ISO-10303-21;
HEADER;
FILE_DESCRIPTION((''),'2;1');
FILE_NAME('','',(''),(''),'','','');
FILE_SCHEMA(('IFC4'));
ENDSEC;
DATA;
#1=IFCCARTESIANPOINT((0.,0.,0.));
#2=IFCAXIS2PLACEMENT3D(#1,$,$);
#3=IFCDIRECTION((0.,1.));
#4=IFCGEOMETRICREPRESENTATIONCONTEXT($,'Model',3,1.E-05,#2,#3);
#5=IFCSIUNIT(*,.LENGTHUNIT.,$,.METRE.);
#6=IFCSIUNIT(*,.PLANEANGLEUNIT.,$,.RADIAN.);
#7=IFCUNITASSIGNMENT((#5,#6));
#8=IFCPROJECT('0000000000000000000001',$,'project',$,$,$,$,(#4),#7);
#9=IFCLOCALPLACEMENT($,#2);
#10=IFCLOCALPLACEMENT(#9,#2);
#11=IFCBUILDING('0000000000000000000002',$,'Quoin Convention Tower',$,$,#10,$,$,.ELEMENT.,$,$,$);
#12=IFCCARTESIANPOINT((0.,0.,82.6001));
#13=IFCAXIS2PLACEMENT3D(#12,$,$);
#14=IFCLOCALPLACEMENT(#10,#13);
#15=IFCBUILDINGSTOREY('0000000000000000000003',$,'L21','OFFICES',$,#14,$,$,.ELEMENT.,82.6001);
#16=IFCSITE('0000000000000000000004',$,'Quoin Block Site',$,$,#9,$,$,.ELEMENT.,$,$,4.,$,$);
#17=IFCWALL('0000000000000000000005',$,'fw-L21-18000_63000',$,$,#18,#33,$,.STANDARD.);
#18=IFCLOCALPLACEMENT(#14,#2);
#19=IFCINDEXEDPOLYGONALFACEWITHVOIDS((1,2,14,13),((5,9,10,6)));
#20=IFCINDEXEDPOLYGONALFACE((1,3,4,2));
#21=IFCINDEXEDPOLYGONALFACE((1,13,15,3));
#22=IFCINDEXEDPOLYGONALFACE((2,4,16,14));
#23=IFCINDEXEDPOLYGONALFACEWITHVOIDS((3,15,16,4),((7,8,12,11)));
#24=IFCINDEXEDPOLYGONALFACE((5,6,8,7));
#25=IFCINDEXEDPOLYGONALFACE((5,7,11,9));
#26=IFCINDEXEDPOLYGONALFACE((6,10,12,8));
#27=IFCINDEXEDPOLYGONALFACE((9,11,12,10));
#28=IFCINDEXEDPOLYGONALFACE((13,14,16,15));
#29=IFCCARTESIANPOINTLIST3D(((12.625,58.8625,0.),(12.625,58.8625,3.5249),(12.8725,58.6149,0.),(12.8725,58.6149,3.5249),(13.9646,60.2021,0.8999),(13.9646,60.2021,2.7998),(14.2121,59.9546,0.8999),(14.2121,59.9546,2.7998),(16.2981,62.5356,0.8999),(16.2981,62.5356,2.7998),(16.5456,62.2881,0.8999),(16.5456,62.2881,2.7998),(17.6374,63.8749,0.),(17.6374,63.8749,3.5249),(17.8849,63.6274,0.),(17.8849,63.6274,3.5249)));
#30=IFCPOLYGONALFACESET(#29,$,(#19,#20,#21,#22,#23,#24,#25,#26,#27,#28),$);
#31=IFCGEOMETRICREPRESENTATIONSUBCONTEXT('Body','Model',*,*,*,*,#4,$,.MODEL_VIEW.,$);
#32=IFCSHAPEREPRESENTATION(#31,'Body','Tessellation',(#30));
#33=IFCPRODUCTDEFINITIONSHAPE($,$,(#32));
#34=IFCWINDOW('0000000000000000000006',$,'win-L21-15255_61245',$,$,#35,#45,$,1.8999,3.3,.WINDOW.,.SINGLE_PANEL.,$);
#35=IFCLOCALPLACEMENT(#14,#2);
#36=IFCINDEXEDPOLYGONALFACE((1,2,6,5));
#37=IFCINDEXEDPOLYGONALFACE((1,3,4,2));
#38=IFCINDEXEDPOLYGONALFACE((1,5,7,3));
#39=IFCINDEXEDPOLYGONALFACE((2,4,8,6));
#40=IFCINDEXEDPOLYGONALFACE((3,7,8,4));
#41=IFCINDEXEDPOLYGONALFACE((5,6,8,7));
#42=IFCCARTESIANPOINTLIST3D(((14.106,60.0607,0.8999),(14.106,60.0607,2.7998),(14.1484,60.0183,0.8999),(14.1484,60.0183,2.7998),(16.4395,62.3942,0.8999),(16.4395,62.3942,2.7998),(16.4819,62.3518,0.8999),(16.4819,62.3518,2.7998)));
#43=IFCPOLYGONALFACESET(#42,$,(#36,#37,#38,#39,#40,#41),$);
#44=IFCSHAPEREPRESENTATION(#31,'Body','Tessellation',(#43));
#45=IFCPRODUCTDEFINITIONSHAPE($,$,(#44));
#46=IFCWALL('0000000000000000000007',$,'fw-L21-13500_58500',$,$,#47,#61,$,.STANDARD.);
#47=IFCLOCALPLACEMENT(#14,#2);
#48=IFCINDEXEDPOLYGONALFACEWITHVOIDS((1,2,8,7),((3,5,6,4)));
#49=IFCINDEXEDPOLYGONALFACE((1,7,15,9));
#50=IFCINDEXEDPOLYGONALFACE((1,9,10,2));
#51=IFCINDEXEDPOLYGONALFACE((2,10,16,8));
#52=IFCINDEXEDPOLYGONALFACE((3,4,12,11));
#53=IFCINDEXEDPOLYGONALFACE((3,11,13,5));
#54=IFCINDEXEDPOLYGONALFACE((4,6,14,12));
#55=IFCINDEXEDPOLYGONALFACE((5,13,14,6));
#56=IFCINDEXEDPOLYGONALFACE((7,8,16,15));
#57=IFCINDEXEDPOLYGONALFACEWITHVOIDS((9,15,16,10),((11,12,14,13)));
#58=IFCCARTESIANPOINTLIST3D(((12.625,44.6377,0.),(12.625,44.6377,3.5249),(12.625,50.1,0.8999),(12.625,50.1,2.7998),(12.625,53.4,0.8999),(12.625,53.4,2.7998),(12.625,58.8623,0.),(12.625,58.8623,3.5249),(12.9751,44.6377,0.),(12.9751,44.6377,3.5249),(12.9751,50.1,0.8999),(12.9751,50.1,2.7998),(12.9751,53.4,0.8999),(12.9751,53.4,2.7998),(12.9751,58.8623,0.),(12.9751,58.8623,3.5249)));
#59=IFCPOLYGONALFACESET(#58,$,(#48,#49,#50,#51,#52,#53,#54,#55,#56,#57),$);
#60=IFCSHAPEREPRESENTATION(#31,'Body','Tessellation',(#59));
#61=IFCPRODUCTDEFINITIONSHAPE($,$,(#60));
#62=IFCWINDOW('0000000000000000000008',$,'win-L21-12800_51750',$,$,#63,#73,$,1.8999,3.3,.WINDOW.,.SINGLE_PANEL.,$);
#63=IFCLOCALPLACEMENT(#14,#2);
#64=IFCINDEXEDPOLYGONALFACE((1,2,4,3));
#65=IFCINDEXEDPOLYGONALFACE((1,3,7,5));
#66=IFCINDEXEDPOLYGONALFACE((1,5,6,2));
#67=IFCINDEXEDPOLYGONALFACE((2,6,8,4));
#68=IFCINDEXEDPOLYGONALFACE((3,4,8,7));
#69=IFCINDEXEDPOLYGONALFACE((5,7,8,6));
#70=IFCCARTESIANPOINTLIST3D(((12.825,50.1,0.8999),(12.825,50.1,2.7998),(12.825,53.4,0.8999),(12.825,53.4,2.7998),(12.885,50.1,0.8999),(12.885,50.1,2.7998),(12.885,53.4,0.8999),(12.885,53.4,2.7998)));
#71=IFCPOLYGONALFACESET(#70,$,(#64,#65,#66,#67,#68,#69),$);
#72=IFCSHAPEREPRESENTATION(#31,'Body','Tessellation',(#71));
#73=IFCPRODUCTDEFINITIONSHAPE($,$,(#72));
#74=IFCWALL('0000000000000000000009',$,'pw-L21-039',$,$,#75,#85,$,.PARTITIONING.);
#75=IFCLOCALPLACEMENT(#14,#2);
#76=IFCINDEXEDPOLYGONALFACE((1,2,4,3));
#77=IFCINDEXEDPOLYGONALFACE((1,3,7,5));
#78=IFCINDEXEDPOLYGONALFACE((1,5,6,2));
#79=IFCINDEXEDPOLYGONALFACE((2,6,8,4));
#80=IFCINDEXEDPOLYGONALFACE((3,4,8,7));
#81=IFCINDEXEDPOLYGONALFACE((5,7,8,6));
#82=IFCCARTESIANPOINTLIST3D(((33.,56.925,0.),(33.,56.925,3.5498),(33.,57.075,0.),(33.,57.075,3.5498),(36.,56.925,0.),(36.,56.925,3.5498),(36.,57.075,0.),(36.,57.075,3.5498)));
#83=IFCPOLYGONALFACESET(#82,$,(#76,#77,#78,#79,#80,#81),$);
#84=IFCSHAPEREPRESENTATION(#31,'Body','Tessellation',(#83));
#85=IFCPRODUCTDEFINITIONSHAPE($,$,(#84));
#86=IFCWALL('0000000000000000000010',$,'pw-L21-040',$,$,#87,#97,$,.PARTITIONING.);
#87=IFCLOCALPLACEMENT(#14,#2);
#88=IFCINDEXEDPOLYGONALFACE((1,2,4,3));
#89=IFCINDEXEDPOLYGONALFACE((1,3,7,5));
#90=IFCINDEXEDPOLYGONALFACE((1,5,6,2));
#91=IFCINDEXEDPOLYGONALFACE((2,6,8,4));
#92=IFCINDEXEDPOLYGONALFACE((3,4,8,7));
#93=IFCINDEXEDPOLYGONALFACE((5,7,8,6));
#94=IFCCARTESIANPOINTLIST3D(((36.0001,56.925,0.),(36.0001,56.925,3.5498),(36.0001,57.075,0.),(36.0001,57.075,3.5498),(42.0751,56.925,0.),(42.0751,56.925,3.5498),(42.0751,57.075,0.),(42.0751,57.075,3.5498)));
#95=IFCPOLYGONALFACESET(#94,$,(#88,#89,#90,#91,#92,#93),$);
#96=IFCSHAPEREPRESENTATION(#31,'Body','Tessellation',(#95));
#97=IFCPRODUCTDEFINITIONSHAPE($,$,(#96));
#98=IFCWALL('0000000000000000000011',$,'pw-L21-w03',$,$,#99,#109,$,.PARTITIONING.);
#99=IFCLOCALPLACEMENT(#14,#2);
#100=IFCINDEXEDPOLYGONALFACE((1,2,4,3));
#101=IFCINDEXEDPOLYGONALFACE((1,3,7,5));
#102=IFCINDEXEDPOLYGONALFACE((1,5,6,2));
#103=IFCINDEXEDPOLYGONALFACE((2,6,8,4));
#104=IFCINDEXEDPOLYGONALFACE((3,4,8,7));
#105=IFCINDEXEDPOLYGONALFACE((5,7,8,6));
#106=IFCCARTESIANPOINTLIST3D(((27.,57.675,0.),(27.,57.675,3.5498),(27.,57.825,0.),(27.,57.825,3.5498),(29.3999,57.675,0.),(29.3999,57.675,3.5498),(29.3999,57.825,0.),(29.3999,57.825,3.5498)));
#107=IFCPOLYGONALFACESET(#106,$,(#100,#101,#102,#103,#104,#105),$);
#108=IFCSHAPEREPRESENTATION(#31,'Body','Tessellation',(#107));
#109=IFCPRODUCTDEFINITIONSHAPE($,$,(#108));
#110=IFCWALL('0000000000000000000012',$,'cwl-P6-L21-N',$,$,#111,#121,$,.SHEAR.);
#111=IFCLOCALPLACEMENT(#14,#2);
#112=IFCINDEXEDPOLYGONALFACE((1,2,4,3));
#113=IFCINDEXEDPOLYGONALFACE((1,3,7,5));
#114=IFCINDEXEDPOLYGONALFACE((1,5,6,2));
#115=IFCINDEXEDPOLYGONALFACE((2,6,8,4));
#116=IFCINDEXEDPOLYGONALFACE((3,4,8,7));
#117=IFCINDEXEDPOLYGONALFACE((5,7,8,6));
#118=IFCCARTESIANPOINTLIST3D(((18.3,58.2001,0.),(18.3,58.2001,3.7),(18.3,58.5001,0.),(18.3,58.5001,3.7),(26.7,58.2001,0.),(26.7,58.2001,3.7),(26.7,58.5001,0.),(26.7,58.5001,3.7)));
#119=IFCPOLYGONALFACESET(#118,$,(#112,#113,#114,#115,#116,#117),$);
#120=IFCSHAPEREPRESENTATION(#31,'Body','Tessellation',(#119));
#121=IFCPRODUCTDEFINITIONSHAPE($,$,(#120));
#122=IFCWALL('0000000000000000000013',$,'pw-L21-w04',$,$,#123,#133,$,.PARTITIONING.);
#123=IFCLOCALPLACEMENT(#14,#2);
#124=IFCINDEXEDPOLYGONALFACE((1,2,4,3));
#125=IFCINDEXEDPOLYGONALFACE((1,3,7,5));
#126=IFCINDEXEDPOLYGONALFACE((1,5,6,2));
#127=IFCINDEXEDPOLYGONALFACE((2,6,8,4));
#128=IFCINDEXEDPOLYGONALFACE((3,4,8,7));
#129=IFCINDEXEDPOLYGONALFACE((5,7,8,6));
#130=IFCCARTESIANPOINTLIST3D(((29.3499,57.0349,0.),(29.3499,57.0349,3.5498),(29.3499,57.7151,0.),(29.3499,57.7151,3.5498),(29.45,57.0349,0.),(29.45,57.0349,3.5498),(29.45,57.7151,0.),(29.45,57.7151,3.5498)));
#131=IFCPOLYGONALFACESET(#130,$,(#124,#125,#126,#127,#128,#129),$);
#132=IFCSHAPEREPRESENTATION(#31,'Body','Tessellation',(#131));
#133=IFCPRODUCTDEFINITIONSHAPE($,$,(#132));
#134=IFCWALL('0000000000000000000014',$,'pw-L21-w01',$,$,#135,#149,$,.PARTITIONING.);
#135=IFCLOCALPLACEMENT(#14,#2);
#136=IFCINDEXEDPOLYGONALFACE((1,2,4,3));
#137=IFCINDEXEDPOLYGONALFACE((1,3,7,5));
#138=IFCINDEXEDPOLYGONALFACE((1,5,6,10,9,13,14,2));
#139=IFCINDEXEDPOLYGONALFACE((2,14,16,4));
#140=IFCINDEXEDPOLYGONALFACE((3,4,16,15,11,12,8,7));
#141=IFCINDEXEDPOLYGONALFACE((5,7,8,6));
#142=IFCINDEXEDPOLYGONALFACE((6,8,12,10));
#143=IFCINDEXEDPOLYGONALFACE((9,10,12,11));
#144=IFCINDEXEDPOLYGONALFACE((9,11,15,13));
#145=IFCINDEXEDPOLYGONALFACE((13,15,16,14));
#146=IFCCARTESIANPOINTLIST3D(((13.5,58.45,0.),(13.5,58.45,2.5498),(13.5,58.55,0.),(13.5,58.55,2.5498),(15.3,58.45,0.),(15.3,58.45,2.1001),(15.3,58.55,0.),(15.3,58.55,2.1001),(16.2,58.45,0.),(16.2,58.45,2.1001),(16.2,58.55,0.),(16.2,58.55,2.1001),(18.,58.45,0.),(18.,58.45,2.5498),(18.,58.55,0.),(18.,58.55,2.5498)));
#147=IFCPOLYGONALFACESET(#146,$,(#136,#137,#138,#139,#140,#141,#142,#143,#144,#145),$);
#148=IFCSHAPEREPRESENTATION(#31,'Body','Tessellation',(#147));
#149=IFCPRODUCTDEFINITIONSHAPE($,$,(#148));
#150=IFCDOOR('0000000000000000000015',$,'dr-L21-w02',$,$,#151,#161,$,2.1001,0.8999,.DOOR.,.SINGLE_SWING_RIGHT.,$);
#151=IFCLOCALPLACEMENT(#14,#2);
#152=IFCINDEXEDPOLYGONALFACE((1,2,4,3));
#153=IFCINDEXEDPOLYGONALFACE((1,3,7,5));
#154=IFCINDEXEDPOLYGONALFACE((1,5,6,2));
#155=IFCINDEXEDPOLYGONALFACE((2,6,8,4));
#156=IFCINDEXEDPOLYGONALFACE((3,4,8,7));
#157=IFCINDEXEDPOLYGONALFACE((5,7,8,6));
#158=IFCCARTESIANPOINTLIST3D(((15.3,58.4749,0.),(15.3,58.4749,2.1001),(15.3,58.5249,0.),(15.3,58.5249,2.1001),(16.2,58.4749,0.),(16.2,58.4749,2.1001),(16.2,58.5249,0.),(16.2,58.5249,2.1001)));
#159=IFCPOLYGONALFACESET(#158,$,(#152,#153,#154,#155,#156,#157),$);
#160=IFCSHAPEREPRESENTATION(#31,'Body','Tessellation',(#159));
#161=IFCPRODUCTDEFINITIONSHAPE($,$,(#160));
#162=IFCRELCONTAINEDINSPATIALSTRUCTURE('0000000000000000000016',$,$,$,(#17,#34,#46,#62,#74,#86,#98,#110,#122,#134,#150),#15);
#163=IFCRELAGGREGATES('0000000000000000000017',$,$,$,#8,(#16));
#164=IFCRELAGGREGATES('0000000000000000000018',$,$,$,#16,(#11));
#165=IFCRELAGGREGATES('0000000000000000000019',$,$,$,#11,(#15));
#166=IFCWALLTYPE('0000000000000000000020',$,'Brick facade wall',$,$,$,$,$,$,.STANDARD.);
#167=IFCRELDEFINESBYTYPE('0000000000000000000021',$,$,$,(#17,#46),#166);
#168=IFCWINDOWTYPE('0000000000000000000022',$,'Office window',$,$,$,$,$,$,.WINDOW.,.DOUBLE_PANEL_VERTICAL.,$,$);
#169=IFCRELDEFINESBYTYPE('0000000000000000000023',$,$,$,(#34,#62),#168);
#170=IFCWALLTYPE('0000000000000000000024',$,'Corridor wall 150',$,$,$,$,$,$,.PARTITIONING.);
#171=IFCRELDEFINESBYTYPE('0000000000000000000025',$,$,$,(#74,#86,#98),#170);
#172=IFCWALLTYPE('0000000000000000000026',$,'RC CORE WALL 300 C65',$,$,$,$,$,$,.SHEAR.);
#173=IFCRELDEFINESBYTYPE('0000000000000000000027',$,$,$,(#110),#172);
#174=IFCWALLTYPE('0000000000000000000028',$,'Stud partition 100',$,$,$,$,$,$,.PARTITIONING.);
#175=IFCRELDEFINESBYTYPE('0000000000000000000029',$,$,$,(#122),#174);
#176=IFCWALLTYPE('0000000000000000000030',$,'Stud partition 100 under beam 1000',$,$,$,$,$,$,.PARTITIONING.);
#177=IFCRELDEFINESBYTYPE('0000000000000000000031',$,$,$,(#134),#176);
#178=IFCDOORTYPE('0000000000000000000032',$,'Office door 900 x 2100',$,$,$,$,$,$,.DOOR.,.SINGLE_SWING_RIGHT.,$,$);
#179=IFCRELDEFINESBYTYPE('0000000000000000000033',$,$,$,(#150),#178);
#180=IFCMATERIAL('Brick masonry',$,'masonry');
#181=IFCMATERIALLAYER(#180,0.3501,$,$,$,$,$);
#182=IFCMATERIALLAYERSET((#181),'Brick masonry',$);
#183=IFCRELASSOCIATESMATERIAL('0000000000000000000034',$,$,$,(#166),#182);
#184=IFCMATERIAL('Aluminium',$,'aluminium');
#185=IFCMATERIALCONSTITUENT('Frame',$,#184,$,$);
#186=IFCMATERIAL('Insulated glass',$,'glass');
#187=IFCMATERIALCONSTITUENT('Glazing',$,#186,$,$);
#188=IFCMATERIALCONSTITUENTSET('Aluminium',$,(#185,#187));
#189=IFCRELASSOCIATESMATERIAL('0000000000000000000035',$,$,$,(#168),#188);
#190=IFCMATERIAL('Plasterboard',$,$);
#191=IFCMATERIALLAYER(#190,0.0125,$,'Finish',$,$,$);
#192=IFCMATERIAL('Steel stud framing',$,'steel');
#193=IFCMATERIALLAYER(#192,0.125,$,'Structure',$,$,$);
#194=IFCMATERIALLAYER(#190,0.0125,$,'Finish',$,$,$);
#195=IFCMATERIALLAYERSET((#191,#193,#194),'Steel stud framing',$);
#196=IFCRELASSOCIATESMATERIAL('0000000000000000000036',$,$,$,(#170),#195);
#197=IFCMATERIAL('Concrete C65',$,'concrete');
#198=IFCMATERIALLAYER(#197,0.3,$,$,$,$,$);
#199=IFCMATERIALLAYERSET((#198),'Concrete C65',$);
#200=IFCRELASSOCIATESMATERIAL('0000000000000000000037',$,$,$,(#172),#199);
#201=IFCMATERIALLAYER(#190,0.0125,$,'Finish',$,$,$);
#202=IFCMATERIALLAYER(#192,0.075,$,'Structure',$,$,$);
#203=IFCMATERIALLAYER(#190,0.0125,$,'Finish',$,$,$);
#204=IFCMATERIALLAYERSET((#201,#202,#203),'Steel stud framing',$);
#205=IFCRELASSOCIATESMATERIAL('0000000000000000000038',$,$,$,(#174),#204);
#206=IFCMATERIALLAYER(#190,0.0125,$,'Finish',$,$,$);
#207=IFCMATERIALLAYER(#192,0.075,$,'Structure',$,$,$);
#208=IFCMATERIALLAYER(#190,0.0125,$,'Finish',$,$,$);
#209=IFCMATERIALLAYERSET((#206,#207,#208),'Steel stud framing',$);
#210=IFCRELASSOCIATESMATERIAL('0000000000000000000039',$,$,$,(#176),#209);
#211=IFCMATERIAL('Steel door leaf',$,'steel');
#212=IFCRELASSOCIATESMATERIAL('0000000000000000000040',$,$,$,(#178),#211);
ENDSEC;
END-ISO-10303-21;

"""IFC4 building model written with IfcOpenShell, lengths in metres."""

from ifc_helpers import new_model, si_unit, direction, frame, frame_2d, origin, place, context, subcontext, project, spatial, rectangle, extrude, material, layer, layer_set, constituent, constituent_set, type_object, element, fill, save


model = new_model("IFC4")

# Units and contexts
model_context = context("Model", 3, precision=1e-05, world=origin(), true_north=direction((0.0, 1.0)))
body_context = subcontext(model_context, "Body", "Model", "MODEL_VIEW")
ifc_project = project(units=[si_unit("LENGTHUNIT", "METRE"), si_unit("PLANEANGLEUNIT", "RADIAN")], contexts=[model_context])

# Site, building, storey
site_placement = place(None, origin())
site = spatial("IfcSite", under=ifc_project, at=site_placement, Name="Quoin Block Site", CompositionType="ELEMENT", RefElevation=4.0)
building_placement = place(site_placement, origin())
building = spatial("IfcBuilding", under=site, at=building_placement, Name="Quoin Convention Tower", CompositionType="ELEMENT")
storey_placement = place(building_placement, frame((0.0, 0.0, 82.6001)))
storey = spatial("IfcBuildingStorey", under=building, at=storey_placement, Name="L21", Description="OFFICES", CompositionType="ELEMENT", Elevation=82.6001)

# Shared definitions
ifc_material_1 = material(Name="Concrete C65", Category="concrete")

# Shared definitions
ifc_material_2 = material(Name="Brick masonry", Category="masonry")
ifc_layer_1 = layer(ifc_material_2, 0.3501)
ifc_layer_set_1 = layer_set([ifc_layer_1], Name="Brick masonry")
wall_type_1 = type_object("IfcWallType", Name="Brick facade wall", PredefinedType="STANDARD", material=ifc_layer_set_1)
ifc_material_3 = material(Name="Aluminium", Category="aluminium")
ifc_constituent_1 = constituent(ifc_material_3, Name="Frame")
ifc_material_4 = material(Name="Insulated glass", Category="glass")
ifc_constituent_2 = constituent(ifc_material_4, Name="Glazing")
ifc_constituent_set = constituent_set(constituents=[ifc_constituent_1, ifc_constituent_2], Name="Aluminium")
window_type = type_object("IfcWindowType", Name="Office window", PartitioningType="DOUBLE_PANEL_VERTICAL", PredefinedType="WINDOW", material=ifc_constituent_set)

# Walls, openings, windows
wall_1_placement = place(storey_placement, frame((17.7612, 63.7512, 0.0), z_axis=(0.0, 0.0, 1.0), x_axis=(-0.707107, -0.707107, 0.0)))
wall_1 = element("IfcWall", 1, at=wall_1_placement, inside=storey, type_object=wall_type_1, Name="fw-L21-18000_63000", PredefinedType="STANDARD", context=body_context, shape_type="SweptSolid", body=[
    extrude(rectangle(XDim=7.0886, YDim=0.3501, at=frame_2d((3.5444, 0.0))), origin(), (0.0, 0.0, 1.0), 3.5249),
])
opening_1_placement = place(wall_1_placement, frame((1.8943, 0.0, 0.8999)))
opening_1 = element("IfcOpeningElement", 2, at=opening_1_placement, cuts=wall_1, PredefinedType="OPENING", context=body_context, shape_type="SweptSolid", body=[
    extrude(rectangle(XDim=3.3, YDim=1.8999, at=frame_2d((1.6499, 0.95))), frame((0.0, 0.1851, 0.0), z_axis=(0.0, -1.0, 0.0), x_axis=(1.0, 0.0, 0.0)), (0.0, 0.0, 1.0), 0.3701),
])
window_1_placement = place(opening_1_placement, origin())
window_1 = element("IfcWindow", 3, at=window_1_placement, inside=storey, type_object=window_type, Name="win-L21-15255_61245", OverallHeight=1.8999, OverallWidth=3.3, PartitioningType="SINGLE_PANEL", PredefinedType="WINDOW", context=body_context, shape_type="SweptSolid", body=[
    extrude(rectangle(XDim=3.3, YDim=1.8999, at=frame_2d((1.6499, 0.95))), frame((0.0, 0.085, 0.0), z_axis=(0.0, -1.0, 0.0), x_axis=(1.0, 0.0, 0.0)), (0.0, 0.0, 1.0), 0.0601),
])
fill(opening_1, window_1)
wall_2_placement = place(storey_placement, frame((12.8, 58.8623, 0.0), z_axis=(0.0, 0.0, 1.0), x_axis=(0.0, -1.0, 0.0)))
wall_2 = element("IfcWall", 4, at=wall_2_placement, inside=storey, type_object=wall_type_1, Name="fw-L21-13500_58500", PredefinedType="STANDARD", context=body_context, shape_type="SweptSolid", body=[
    extrude(rectangle(XDim=14.2246, YDim=0.3501, at=frame_2d((7.1123, 0.0))), origin(), (0.0, 0.0, 1.0), 3.5249),
])
opening_2_placement = place(wall_2_placement, frame((5.4624, 0.0, 0.8999)))
opening_2 = element("IfcOpeningElement", 5, at=opening_2_placement, cuts=wall_2, PredefinedType="OPENING", context=body_context, shape_type="SweptSolid", body=[
    extrude(rectangle(XDim=3.3, YDim=1.8999, at=frame_2d((1.6499, 0.95))), frame((0.0, 0.1851, 0.0), z_axis=(0.0, -1.0, 0.0), x_axis=(1.0, 0.0, 0.0)), (0.0, 0.0, 1.0), 0.3701),
])
window_2_placement = place(opening_2_placement, origin())
window_2 = element("IfcWindow", 6, at=window_2_placement, inside=storey, type_object=window_type, Name="win-L21-12800_51750", OverallHeight=1.8999, OverallWidth=3.3, PartitioningType="SINGLE_PANEL", PredefinedType="WINDOW", context=body_context, shape_type="SweptSolid", body=[
    extrude(rectangle(XDim=3.3, YDim=1.8999, at=frame_2d((1.6499, 0.95))), frame((0.0, 0.085, 0.0), z_axis=(0.0, -1.0, 0.0), x_axis=(1.0, 0.0, 0.0)), (0.0, 0.0, 1.0), 0.0601),
])
fill(opening_2, window_2)

# Walls
ifc_material_5 = material(Name="Plasterboard")
ifc_layer_2 = layer(ifc_material_5, 0.0125, Name="Finish")
ifc_material_6 = material(Name="Steel stud framing", Category="steel")
ifc_layer_3 = layer(ifc_material_6, 0.125, Name="Structure")
ifc_layer_4 = layer(ifc_material_5, 0.0125, Name="Finish")
ifc_layer_set_2 = layer_set([ifc_layer_2, ifc_layer_3, ifc_layer_4], Name="Steel stud framing")
wall_type_2 = type_object("IfcWallType", Name="Corridor wall 150", PredefinedType="PARTITIONING", material=ifc_layer_set_2)
wall_3_placement = place(storey_placement, frame((33.0, 57.0, 0.0), z_axis=(0.0, 0.0, 1.0), x_axis=(1.0, 0.0, 0.0)))
element("IfcWall", 7, at=wall_3_placement, inside=storey, type_object=wall_type_2, Name="pw-L21-039", PredefinedType="PARTITIONING", context=body_context, shape_type="SweptSolid", body=[
    extrude(rectangle(XDim=3.0, YDim=0.1499, at=frame_2d((1.5, 0.0))), origin(), (0.0, 0.0, 1.0), 3.5498),
])
wall_4_placement = place(storey_placement, frame((36.0, 57.0, 0.0), z_axis=(0.0, 0.0, 1.0), x_axis=(1.0, 0.0, 0.0)))
element("IfcWall", 8, at=wall_4_placement, inside=storey, type_object=wall_type_2, Name="pw-L21-040", PredefinedType="PARTITIONING", context=body_context, shape_type="SweptSolid", body=[
    extrude(rectangle(XDim=6.075, YDim=0.1499, at=frame_2d((3.0376, 0.0))), origin(), (0.0, 0.0, 1.0), 3.5498),
])
wall_5_placement = place(storey_placement, frame((27.0, 57.75, 0.0), z_axis=(0.0, 0.0, 1.0), x_axis=(1.0, 0.0, 0.0)))
element("IfcWall", 9, at=wall_5_placement, inside=storey, type_object=wall_type_2, Name="pw-L21-w03", PredefinedType="PARTITIONING", context=body_context, shape_type="SweptSolid", body=[
    extrude(rectangle(XDim=2.3999, YDim=0.1499, at=frame_2d((1.2, 0.0))), origin(), (0.0, 0.0, 1.0), 3.5498),
])
ifc_layer_5 = layer(ifc_material_1, 0.3)
ifc_layer_set_3 = layer_set([ifc_layer_5], Name="Concrete C65")
wall_type_3 = type_object("IfcWallType", Name="RC CORE WALL 300 C65", PredefinedType="SHEAR", material=ifc_layer_set_3)
wall_6_placement = place(storey_placement, frame((18.3, 58.3501, 0.0), z_axis=(0.0, 0.0, 1.0), x_axis=(1.0, 0.0, 0.0)))
element("IfcWall", 10, at=wall_6_placement, inside=storey, type_object=wall_type_3, Name="cwl-P6-L21-N", PredefinedType="SHEAR", context=body_context, shape_type="SweptSolid", body=[
    extrude(rectangle(XDim=8.3999, YDim=0.3, at=frame_2d((4.2, 0.0))), origin(), (0.0, 0.0, 1.0), 3.7),
])
ifc_layer_6 = layer(ifc_material_5, 0.0125, Name="Finish")
ifc_layer_7 = layer(ifc_material_6, 0.075, Name="Structure")
ifc_layer_8 = layer(ifc_material_5, 0.0125, Name="Finish")
ifc_layer_set_4 = layer_set([ifc_layer_6, ifc_layer_7, ifc_layer_8], Name="Steel stud framing")
wall_type_4 = type_object("IfcWallType", Name="Stud partition 100", PredefinedType="PARTITIONING", material=ifc_layer_set_4)
wall_7_placement = place(storey_placement, frame((29.3999, 57.7151, 0.0), z_axis=(0.0, 0.0, 1.0), x_axis=(0.0, -1.0, 0.0)))
element("IfcWall", 11, at=wall_7_placement, inside=storey, type_object=wall_type_4, Name="pw-L21-w04", PredefinedType="PARTITIONING", context=body_context, shape_type="SweptSolid", body=[
    extrude(rectangle(XDim=0.6802, YDim=0.1001, at=frame_2d((0.3401, 0.0))), origin(), (0.0, 0.0, 1.0), 3.5498),
])

# Wall, opening, door
ifc_layer_9 = layer(ifc_material_5, 0.0125, Name="Finish")
ifc_layer_10 = layer(ifc_material_6, 0.075, Name="Structure")
ifc_layer_11 = layer(ifc_material_5, 0.0125, Name="Finish")
ifc_layer_set_5 = layer_set([ifc_layer_9, ifc_layer_10, ifc_layer_11], Name="Steel stud framing")
wall_type_5 = type_object("IfcWallType", Name="Stud partition 100 under beam 1000", PredefinedType="PARTITIONING", material=ifc_layer_set_5)
wall_8_placement = place(storey_placement, frame((13.5, 58.5, 0.0), z_axis=(0.0, 0.0, 1.0), x_axis=(1.0, 0.0, 0.0)))
wall_8 = element("IfcWall", 12, at=wall_8_placement, inside=storey, type_object=wall_type_5, Name="pw-L21-w01", PredefinedType="PARTITIONING", context=body_context, shape_type="SweptSolid", body=[
    extrude(rectangle(XDim=4.5, YDim=0.1001, at=frame_2d((2.25, 0.0))), origin(), (0.0, 0.0, 1.0), 2.5498),
])
opening_3_placement = place(wall_8_placement, frame((1.8, 0.0, 0.0)))
opening_3 = element("IfcOpeningElement", 13, at=opening_3_placement, cuts=wall_8, PredefinedType="OPENING", context=body_context, shape_type="SweptSolid", body=[
    extrude(rectangle(XDim=0.8999, YDim=2.1001, at=frame_2d((0.45, 1.05))), frame((0.0, 0.0601, 0.0), z_axis=(0.0, -1.0, 0.0), x_axis=(1.0, 0.0, 0.0)), (0.0, 0.0, 1.0), 0.1201),
])
ifc_material_7 = material(Name="Steel door leaf", Category="steel")
door_type = type_object("IfcDoorType", Name="Office door 900 x 2100", OperationType="SINGLE_SWING_RIGHT", PredefinedType="DOOR", material=ifc_material_7)
door_placement = place(opening_3_placement, origin())
door = element("IfcDoor", 14, at=door_placement, inside=storey, type_object=door_type, Name="dr-L21-w02", OperationType="SINGLE_SWING_RIGHT", OverallHeight=2.1001, OverallWidth=0.8999, PredefinedType="DOOR", context=body_context, shape_type="SweptSolid", body=[
    extrude(rectangle(XDim=0.8999, YDim=2.1001, at=frame_2d((0.45, 1.05))), frame((0.0, 0.0249, 0.0), z_axis=(0.0, -1.0, 0.0), x_axis=(1.0, 0.0, 0.0)), (0.0, 0.0, 1.0), 0.05),
])
fill(opening_3, door)

save(model, "model.ifc")
